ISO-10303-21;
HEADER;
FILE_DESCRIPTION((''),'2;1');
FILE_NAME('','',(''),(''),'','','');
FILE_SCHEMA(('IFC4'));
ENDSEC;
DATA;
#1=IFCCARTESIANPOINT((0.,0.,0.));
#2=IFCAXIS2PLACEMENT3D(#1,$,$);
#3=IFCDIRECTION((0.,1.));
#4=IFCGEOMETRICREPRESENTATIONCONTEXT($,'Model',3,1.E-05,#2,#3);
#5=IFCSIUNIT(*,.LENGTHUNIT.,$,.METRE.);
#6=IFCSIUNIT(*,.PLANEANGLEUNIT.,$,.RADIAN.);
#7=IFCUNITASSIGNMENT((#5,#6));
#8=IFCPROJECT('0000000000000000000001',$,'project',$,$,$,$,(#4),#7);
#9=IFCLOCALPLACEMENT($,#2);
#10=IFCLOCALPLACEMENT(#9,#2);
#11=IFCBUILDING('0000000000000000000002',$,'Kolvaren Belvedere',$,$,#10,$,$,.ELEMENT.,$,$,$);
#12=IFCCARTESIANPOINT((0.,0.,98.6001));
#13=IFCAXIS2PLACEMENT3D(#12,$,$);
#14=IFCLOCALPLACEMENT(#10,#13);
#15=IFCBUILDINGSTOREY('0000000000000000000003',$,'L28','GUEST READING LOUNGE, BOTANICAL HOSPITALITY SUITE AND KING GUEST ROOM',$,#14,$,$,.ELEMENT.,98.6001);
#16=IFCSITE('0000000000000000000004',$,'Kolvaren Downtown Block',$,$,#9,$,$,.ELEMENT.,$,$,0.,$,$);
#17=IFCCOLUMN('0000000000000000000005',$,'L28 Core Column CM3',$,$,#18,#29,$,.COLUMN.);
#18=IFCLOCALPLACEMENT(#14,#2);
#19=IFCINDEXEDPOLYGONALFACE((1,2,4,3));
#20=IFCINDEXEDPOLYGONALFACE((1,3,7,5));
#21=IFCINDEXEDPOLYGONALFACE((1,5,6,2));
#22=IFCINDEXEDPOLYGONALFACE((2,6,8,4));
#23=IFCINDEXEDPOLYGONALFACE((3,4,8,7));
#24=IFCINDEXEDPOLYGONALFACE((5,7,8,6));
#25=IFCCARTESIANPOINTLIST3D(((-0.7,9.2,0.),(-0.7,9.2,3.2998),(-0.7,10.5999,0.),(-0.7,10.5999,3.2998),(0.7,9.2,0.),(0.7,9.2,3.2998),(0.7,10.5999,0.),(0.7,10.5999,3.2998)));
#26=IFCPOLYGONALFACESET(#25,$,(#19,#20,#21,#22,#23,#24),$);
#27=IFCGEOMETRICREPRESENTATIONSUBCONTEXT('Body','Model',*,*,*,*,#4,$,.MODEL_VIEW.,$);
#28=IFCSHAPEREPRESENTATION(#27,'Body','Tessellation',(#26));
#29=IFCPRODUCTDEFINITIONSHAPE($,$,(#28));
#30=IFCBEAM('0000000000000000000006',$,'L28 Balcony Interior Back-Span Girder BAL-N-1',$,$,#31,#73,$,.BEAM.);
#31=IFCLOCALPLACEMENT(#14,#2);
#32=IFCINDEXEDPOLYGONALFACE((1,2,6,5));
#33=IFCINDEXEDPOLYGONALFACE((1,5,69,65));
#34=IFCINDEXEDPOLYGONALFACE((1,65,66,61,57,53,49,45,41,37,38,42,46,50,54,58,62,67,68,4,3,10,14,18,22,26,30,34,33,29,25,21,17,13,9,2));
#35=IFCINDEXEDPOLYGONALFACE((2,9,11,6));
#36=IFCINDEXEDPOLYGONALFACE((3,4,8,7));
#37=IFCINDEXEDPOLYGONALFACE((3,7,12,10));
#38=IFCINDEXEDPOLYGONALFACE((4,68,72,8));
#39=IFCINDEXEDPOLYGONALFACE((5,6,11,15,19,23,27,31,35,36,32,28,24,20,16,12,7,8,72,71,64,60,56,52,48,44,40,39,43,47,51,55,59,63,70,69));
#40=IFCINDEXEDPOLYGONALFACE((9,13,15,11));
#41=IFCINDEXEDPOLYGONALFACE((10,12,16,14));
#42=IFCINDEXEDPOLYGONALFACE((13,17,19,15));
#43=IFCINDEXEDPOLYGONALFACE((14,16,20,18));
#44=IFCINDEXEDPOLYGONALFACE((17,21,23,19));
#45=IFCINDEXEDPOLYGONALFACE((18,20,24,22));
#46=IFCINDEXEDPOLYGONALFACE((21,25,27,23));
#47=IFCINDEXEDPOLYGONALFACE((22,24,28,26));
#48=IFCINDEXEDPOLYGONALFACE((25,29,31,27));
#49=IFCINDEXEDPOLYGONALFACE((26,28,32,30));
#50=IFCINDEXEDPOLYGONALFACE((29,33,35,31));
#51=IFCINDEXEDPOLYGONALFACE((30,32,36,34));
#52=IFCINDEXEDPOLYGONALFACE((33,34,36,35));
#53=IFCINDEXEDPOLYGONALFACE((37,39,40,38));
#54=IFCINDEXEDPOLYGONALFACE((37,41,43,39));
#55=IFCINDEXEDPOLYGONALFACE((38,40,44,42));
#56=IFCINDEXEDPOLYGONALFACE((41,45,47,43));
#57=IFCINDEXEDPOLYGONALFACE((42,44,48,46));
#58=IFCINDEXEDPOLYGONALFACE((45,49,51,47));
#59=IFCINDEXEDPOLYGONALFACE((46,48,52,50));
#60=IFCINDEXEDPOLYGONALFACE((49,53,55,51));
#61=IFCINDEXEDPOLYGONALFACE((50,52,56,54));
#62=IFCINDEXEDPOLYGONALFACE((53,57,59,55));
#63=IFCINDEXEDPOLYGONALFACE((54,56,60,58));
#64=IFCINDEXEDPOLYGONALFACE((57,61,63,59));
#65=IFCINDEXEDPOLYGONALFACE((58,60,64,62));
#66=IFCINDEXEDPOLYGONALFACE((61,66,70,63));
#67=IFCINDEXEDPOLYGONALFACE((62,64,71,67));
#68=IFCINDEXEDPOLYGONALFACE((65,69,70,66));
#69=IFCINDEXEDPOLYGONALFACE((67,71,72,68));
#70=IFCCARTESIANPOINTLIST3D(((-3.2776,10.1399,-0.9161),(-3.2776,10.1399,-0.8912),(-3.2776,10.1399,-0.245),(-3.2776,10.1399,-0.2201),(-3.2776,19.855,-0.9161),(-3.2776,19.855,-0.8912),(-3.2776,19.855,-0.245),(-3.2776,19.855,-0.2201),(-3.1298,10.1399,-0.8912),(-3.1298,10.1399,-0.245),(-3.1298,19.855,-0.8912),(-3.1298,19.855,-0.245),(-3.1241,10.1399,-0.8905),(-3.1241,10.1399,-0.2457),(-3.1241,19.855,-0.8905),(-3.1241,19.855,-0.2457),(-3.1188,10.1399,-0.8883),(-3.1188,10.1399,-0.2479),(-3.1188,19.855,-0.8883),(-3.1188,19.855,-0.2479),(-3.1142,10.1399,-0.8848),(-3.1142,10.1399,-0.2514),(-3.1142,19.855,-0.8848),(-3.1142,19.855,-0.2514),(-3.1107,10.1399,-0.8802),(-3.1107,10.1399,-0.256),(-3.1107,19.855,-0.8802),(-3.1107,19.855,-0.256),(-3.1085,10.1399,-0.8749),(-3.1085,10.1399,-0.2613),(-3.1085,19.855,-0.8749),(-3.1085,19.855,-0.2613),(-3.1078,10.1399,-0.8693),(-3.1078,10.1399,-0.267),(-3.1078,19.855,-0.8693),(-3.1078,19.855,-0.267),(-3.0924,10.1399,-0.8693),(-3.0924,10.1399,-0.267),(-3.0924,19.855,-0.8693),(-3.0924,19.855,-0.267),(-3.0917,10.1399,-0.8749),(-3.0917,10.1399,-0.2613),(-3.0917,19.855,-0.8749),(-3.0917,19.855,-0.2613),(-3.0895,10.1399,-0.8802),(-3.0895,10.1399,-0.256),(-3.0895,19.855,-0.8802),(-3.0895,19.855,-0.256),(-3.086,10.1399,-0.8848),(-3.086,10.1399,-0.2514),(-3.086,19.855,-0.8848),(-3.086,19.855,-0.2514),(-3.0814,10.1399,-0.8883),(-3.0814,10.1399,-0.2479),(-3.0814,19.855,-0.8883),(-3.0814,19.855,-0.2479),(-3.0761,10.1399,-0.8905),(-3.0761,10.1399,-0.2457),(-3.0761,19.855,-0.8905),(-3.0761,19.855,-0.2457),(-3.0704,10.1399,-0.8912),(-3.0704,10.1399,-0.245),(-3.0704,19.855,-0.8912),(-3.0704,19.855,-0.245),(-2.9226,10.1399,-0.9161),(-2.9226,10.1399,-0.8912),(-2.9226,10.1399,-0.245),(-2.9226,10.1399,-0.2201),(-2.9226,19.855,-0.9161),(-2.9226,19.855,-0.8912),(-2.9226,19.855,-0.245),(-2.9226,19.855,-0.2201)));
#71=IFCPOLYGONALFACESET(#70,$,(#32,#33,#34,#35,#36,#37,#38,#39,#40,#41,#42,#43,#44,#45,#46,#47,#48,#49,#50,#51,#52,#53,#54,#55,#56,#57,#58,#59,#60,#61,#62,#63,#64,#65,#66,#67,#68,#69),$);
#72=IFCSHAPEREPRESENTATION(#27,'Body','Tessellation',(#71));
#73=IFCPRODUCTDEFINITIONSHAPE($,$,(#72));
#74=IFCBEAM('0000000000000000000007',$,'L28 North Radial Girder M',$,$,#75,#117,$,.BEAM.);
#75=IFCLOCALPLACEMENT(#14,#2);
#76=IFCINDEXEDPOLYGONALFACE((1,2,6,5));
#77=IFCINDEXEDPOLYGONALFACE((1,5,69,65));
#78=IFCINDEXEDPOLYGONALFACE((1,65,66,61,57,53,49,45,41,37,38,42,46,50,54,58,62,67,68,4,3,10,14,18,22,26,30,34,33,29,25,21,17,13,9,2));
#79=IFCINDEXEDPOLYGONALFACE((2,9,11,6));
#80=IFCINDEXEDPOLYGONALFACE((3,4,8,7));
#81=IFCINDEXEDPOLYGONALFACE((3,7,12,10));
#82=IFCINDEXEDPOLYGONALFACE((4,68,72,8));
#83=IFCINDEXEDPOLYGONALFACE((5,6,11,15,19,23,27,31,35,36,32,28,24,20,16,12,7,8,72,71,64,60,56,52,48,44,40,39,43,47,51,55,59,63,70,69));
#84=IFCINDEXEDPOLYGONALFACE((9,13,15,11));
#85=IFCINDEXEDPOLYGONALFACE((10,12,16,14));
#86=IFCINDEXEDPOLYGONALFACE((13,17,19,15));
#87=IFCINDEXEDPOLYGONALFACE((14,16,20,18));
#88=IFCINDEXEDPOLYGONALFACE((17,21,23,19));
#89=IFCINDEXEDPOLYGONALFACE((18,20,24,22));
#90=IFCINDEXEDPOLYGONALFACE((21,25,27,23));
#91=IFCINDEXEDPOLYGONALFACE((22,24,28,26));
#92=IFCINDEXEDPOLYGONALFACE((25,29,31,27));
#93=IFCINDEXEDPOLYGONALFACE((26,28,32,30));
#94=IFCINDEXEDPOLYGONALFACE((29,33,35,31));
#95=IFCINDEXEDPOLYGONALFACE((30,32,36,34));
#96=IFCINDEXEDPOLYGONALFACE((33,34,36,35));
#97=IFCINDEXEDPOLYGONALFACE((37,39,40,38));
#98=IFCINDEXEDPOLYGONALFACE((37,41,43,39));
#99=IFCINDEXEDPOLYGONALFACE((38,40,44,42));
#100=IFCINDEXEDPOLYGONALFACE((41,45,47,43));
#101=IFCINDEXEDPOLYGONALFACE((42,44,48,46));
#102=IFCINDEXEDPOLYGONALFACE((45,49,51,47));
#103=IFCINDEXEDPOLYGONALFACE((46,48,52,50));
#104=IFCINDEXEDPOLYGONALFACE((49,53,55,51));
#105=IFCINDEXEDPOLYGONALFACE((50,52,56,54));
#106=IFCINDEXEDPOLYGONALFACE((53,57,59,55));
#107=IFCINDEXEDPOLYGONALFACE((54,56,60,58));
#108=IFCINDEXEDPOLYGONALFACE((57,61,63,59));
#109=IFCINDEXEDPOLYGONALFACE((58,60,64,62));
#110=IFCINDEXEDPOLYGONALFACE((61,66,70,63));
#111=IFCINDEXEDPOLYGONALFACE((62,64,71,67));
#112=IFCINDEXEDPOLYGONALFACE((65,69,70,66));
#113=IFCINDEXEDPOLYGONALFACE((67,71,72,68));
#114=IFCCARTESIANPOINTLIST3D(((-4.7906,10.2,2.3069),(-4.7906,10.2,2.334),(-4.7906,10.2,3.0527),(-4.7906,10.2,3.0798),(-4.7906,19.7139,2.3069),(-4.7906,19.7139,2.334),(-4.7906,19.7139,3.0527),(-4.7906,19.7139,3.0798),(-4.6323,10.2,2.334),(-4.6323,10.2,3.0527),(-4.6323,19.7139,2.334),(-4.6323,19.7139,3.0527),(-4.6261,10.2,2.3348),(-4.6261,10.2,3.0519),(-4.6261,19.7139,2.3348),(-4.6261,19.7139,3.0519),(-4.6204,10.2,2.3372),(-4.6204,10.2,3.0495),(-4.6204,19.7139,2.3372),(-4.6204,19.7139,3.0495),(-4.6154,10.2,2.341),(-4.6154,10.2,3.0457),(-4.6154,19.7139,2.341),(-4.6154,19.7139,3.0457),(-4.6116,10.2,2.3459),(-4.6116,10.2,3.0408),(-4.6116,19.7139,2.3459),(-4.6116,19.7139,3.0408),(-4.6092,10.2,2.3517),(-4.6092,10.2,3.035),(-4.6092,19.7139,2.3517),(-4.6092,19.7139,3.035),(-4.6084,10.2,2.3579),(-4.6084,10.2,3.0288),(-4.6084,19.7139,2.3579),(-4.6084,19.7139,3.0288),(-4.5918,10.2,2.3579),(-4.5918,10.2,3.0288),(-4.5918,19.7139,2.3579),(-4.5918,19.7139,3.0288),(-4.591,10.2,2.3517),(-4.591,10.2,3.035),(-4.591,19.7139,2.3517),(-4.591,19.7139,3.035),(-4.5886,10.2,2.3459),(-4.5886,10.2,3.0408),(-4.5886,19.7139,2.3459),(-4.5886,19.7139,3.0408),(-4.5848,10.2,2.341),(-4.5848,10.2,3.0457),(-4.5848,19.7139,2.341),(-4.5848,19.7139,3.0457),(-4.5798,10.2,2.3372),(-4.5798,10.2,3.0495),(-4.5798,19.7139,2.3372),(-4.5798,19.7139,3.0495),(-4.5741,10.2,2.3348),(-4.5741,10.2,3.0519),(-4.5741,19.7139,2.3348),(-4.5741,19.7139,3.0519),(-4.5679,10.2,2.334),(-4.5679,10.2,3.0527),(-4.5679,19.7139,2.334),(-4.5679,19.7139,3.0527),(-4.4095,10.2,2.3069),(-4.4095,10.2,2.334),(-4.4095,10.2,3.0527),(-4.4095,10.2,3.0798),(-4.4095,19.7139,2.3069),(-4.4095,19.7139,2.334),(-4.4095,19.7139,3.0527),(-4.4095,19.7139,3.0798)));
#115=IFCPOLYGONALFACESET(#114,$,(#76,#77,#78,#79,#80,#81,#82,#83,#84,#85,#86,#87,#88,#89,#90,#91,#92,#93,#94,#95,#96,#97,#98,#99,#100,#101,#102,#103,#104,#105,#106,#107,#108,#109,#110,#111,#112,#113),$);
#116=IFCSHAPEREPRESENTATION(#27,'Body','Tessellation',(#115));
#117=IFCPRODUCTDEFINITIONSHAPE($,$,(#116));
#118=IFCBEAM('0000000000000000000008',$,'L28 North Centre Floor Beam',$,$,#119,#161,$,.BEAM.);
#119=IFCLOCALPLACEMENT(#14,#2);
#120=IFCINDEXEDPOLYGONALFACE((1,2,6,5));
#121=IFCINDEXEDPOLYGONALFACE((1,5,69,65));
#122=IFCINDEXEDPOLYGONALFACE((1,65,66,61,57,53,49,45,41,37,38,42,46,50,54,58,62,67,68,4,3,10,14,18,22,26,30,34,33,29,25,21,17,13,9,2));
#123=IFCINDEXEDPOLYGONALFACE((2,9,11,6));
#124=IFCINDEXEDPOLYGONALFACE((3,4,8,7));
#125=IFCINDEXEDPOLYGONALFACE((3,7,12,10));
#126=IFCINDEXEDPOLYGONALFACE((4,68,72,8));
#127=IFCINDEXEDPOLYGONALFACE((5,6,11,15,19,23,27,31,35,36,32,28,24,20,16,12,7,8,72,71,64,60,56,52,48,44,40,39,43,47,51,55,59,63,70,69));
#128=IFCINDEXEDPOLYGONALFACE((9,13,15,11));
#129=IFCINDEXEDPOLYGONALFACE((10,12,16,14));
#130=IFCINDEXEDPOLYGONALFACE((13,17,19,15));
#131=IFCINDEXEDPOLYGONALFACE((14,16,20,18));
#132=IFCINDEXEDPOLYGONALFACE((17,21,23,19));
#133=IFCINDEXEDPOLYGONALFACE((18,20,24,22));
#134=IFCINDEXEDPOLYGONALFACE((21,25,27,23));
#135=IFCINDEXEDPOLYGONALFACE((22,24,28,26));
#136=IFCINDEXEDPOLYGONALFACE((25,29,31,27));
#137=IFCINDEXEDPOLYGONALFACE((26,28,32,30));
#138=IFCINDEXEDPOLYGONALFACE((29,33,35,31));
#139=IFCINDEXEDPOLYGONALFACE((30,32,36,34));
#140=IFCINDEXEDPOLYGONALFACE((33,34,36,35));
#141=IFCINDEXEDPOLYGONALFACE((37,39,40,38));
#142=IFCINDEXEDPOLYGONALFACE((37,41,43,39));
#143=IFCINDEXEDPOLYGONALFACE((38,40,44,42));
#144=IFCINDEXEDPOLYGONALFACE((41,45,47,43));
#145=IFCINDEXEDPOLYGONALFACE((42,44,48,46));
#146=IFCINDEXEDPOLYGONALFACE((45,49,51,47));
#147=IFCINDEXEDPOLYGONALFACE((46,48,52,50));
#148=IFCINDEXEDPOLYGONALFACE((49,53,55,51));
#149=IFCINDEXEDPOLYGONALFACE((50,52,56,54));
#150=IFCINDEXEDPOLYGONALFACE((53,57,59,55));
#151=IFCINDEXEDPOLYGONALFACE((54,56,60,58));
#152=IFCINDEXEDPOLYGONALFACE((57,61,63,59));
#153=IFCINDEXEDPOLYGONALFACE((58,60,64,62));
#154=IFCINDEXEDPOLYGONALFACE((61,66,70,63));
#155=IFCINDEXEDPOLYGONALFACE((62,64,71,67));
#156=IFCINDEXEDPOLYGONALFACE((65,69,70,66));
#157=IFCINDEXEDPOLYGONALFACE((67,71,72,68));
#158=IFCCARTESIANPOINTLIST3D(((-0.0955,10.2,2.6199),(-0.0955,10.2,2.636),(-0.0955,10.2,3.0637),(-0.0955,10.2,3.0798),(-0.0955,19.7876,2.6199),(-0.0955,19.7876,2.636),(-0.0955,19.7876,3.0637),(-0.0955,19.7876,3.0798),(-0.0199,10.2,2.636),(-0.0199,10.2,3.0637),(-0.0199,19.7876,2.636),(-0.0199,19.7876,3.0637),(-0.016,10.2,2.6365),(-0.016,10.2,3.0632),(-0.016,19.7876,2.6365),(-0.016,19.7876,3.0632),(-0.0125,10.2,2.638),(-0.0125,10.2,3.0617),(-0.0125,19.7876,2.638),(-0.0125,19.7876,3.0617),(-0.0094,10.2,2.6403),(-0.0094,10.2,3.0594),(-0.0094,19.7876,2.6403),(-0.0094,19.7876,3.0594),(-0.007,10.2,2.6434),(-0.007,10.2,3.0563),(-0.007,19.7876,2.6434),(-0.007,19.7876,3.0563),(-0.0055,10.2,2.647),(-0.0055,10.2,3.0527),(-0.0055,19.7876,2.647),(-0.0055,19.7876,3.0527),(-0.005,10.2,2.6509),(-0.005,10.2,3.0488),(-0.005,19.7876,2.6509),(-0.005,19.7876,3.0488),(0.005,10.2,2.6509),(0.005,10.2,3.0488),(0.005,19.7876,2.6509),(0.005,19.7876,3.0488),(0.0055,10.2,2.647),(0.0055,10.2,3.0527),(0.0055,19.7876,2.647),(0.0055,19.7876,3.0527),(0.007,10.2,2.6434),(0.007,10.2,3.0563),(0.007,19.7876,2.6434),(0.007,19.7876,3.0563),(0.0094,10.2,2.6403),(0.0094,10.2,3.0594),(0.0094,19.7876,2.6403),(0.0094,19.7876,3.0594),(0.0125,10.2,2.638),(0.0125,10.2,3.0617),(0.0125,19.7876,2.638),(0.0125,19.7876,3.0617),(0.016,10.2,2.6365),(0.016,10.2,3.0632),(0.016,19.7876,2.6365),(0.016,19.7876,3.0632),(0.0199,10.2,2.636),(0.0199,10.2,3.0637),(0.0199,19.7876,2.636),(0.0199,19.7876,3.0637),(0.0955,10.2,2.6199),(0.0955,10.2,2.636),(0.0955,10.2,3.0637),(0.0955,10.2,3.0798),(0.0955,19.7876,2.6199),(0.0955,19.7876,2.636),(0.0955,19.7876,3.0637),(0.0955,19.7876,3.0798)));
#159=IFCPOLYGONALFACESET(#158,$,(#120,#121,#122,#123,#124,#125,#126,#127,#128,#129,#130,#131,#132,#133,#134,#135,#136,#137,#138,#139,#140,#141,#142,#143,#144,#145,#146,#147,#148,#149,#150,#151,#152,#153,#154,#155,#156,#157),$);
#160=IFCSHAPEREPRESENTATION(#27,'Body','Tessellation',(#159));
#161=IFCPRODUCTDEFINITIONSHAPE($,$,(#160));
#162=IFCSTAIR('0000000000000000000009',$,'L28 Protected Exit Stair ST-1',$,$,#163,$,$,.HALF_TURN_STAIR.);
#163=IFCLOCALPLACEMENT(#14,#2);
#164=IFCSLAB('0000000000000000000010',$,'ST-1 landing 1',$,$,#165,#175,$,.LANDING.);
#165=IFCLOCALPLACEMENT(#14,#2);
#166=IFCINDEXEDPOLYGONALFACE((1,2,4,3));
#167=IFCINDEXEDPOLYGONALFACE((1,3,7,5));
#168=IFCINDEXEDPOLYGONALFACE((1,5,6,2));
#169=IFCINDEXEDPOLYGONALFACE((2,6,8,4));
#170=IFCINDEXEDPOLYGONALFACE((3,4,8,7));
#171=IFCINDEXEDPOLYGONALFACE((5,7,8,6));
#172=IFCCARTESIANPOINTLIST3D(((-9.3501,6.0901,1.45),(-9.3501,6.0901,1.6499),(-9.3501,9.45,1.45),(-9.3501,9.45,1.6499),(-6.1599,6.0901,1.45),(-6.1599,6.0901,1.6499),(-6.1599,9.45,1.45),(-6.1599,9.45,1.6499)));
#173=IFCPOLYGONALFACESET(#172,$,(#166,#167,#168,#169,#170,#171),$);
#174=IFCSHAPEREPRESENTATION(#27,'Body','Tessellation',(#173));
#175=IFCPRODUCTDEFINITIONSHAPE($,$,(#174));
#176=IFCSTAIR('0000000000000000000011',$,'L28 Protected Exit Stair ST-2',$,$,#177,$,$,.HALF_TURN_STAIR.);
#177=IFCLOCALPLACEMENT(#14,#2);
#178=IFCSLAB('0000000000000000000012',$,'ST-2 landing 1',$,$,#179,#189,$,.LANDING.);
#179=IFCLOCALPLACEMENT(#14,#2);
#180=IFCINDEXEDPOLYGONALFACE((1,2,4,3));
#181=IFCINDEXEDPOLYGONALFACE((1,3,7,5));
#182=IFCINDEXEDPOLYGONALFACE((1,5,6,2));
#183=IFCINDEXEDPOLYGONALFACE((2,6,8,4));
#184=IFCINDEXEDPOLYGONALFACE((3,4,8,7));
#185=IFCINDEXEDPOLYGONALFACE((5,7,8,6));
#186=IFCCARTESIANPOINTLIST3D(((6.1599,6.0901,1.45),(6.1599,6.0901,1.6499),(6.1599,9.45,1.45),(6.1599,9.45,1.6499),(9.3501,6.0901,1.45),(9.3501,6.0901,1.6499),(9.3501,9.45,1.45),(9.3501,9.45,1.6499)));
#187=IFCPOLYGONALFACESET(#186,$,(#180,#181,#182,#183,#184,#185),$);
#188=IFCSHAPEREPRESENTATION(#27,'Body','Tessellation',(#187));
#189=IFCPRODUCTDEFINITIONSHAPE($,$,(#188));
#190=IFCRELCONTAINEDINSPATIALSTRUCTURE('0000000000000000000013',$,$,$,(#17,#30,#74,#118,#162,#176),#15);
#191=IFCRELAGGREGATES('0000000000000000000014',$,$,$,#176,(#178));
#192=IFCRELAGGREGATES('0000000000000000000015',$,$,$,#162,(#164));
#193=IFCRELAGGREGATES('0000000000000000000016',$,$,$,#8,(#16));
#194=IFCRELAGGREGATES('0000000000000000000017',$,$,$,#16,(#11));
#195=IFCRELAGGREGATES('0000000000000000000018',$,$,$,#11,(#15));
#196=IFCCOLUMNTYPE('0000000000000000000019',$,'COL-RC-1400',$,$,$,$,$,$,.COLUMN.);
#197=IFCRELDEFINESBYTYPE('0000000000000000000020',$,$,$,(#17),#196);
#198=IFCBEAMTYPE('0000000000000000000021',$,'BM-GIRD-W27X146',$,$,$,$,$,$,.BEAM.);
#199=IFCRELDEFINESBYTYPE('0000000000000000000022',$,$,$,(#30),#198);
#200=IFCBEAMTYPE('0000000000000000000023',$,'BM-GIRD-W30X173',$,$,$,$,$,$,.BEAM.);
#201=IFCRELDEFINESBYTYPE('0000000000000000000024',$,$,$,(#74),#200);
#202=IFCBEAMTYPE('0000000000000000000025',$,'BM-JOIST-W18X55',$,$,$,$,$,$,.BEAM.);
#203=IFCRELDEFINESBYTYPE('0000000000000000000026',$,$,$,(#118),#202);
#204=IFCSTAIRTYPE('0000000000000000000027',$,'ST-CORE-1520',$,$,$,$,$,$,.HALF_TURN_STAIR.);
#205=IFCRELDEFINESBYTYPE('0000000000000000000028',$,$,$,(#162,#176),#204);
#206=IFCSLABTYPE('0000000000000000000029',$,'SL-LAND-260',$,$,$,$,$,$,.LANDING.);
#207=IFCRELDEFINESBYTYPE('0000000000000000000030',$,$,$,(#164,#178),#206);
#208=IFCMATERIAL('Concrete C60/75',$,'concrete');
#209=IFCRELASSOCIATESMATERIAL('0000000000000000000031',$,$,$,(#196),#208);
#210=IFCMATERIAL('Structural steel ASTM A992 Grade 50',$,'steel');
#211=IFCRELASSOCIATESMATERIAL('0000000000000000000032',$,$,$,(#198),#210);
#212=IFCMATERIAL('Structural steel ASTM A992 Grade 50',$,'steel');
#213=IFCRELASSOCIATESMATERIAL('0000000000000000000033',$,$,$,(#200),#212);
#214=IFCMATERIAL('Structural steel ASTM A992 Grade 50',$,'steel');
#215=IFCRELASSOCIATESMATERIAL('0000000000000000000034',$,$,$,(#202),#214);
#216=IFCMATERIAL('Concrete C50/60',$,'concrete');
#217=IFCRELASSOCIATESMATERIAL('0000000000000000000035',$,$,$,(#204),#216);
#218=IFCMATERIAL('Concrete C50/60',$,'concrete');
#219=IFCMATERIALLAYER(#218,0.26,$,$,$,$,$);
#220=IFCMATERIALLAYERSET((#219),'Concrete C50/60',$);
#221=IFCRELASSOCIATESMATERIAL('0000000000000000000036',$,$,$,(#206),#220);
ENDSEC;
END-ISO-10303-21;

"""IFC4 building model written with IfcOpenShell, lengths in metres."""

from ifc_helpers import new_model, si_unit, direction, frame, origin, origin_2d, place, context, subcontext, project, spatial, polyline, rectangle, i_section, outline, extrude, material, layer, layer_set, material_profile, profile_set, type_object, element, aggregate, save


model = new_model("IFC4")

# Units and contexts
model_context = context("Model", 3, precision=1e-05, world=origin(), true_north=direction((0.0, 1.0)))
body_context = subcontext(model_context, "Body", "Model", "MODEL_VIEW")
ifc_project = project(units=[si_unit("LENGTHUNIT", "METRE"), si_unit("PLANEANGLEUNIT", "RADIAN")], contexts=[model_context])

# Site, building, storey
site_placement = place(None, origin())
site = spatial("IfcSite", under=ifc_project, at=site_placement, Name="Kolvaren Downtown Block", CompositionType="ELEMENT", RefElevation=0.0)
building_placement = place(site_placement, origin())
building = spatial("IfcBuilding", under=site, at=building_placement, Name="Kolvaren Belvedere", CompositionType="ELEMENT")
storey_placement = place(building_placement, frame((0.0, 0.0, 98.6001)))
storey = spatial("IfcBuildingStorey", under=building, at=storey_placement, Name="L28", Description="GUEST READING LOUNGE, BOTANICAL HOSPITALITY SUITE AND KING GUEST ROOM", CompositionType="ELEMENT", Elevation=98.6001)

# Column
ifc_material_1 = material(Name="Concrete C60/75", Category="concrete")
ifc_material_profile_1 = material_profile(ifc_material_1, rectangle(XDim=1.3999, YDim=1.3999, at=origin_2d()), Name="RC 1400X1400")
ifc_profile_set_1 = profile_set([ifc_material_profile_1], Name="Concrete C60/75")
column_type = type_object("IfcColumnType", Name="COL-RC-1400", PredefinedType="COLUMN", material=ifc_profile_set_1)
column_placement = place(storey_placement, frame((0.0, 9.8999, 0.0), z_axis=(0.0, 0.0, 1.0), x_axis=(1.0, 0.0, 0.0)))
element("IfcColumn", 1, at=column_placement, inside=storey, type_object=column_type, Name="L28 Core Column CM3", PredefinedType="COLUMN", context=body_context, shape_type="SweptSolid", body=[
    extrude(rectangle(XDim=1.3999, YDim=1.3999, at=origin_2d()), origin(), (0.0, 0.0, 1.0), 3.2998),
])

# Beams
ifc_material_2 = material(Name="Structural steel ASTM A992 Grade 50", Category="steel")
ifc_material_profile_2 = material_profile(ifc_material_2, i_section(OverallWidth=0.355, OverallDepth=0.696, WebThickness=0.0154, FlangeThickness=0.0249, FilletRadius=0.022, at=origin_2d()), Name="W27X146")
ifc_profile_set_2 = profile_set([ifc_material_profile_2], Name="Structural steel ASTM A992 Grade 50")
beam_type_1 = type_object("IfcBeamType", Name="BM-GIRD-W27X146", PredefinedType="BEAM", material=ifc_profile_set_2)
beam_1_placement = place(storey_placement, frame((-3.1001, 10.1399, -0.5681), z_axis=(0.0, 1.0, 0.0), x_axis=(-1.0, 0.0, 0.0)))
element("IfcBeam", 2, at=beam_1_placement, inside=storey, type_object=beam_type_1, Name="L28 Balcony Interior Back-Span Girder BAL-N-1", PredefinedType="BEAM", context=body_context, shape_type="SweptSolid", body=[
    extrude(i_section(OverallWidth=0.355, OverallDepth=0.696, WebThickness=0.0154, FlangeThickness=0.0249, FilletRadius=0.022, at=origin_2d()), origin(), (0.0, 0.0, 1.0), 9.7151),
])
ifc_material_3 = material(Name="Structural steel ASTM A992 Grade 50", Category="steel")
ifc_material_profile_3 = material_profile(ifc_material_3, i_section(OverallWidth=0.3811, OverallDepth=0.7729, WebThickness=0.0166, FlangeThickness=0.0271, FilletRadius=0.0239, at=origin_2d()), Name="W30X173")
ifc_profile_set_3 = profile_set([ifc_material_profile_3], Name="Structural steel ASTM A992 Grade 50")
beam_type_2 = type_object("IfcBeamType", Name="BM-GIRD-W30X173", PredefinedType="BEAM", material=ifc_profile_set_3)
beam_2_placement = place(storey_placement, frame((-4.6001, 10.2, 2.6934), z_axis=(0.0, 1.0, 0.0), x_axis=(-1.0, 0.0, 0.0)))
element("IfcBeam", 3, at=beam_2_placement, inside=storey, type_object=beam_type_2, Name="L28 North Radial Girder M", PredefinedType="BEAM", context=body_context, shape_type="SweptSolid", body=[
    extrude(i_section(OverallWidth=0.3811, OverallDepth=0.7729, WebThickness=0.0166, FlangeThickness=0.0271, FilletRadius=0.0239, at=origin_2d()), origin(), (0.0, 0.0, 1.0), 9.5139),
])
ifc_material_4 = material(Name="Structural steel ASTM A992 Grade 50", Category="steel")
ifc_material_profile_4 = material_profile(ifc_material_4, i_section(OverallWidth=0.1909, OverallDepth=0.46, WebThickness=0.01, FlangeThickness=0.0161, FilletRadius=0.0149, at=origin_2d()), Name="W18X55")
ifc_profile_set_4 = profile_set([ifc_material_profile_4], Name="Structural steel ASTM A992 Grade 50")
beam_type_3 = type_object("IfcBeamType", Name="BM-JOIST-W18X55", PredefinedType="BEAM", material=ifc_profile_set_4)
beam_3_placement = place(storey_placement, frame((0.0, 10.2, 2.8499), z_axis=(0.0, 1.0, 0.0), x_axis=(-1.0, 0.0, 0.0)))
element("IfcBeam", 4, at=beam_3_placement, inside=storey, type_object=beam_type_3, Name="L28 North Centre Floor Beam", PredefinedType="BEAM", context=body_context, shape_type="SweptSolid", body=[
    extrude(i_section(OverallWidth=0.1909, OverallDepth=0.46, WebThickness=0.01, FlangeThickness=0.0161, FilletRadius=0.0149, at=origin_2d()), origin(), (0.0, 0.0, 1.0), 9.5876),
])

# Stairs, slabs
ifc_material_5 = material(Name="Concrete C50/60", Category="concrete")
stair_type = type_object("IfcStairType", Name="ST-CORE-1520", PredefinedType="HALF_TURN_STAIR", material=ifc_material_5)
stair_1_placement = place(storey_placement, origin())
stair_1 = element("IfcStair", 5, at=stair_1_placement, inside=storey, type_object=stair_type, Name="L28 Protected Exit Stair ST-1", PredefinedType="HALF_TURN_STAIR")
ifc_material_6 = material(Name="Concrete C50/60", Category="concrete")
ifc_layer_1 = layer(ifc_material_6, 0.26)
ifc_layer_set_1 = layer_set([ifc_layer_1], Name="Concrete C50/60")
slab_type = type_object("IfcSlabType", Name="SL-LAND-260", PredefinedType="LANDING", material=ifc_layer_set_1)
slab_1_placement = place(storey_placement, frame((0.0, 0.0, 1.45)))
slab_1 = element("IfcSlab", 6, at=slab_1_placement, type_object=slab_type, Name="ST-1 landing 1", PredefinedType="LANDING", context=body_context, shape_type="SweptSolid", body=[
    extrude(outline(polyline([(-6.1599, 6.0901), (-6.1599, 9.45), (-9.3501, 9.45), (-9.3501, 6.0901), (-6.1599, 6.0901)])), origin(), (0.0, 0.0, 1.0), 0.2),
])
stair_2_placement = place(storey_placement, origin())
stair_2 = element("IfcStair", 7, at=stair_2_placement, inside=storey, type_object=stair_type, Name="L28 Protected Exit Stair ST-2", PredefinedType="HALF_TURN_STAIR")
slab_2_placement = place(storey_placement, frame((0.0, 0.0, 1.45)))
slab_2 = element("IfcSlab", 8, at=slab_2_placement, type_object=slab_type, Name="ST-2 landing 1", PredefinedType="LANDING", context=body_context, shape_type="SweptSolid", body=[
    extrude(outline(polyline([(9.3501, 6.0901), (9.3501, 9.45), (6.1599, 9.45), (6.1599, 6.0901), (9.3501, 6.0901)])), origin(), (0.0, 0.0, 1.0), 0.2),
])
aggregate(stair_2, [slab_2])

aggregate(stair_1, [slab_1])

save(model, "model.ifc")
